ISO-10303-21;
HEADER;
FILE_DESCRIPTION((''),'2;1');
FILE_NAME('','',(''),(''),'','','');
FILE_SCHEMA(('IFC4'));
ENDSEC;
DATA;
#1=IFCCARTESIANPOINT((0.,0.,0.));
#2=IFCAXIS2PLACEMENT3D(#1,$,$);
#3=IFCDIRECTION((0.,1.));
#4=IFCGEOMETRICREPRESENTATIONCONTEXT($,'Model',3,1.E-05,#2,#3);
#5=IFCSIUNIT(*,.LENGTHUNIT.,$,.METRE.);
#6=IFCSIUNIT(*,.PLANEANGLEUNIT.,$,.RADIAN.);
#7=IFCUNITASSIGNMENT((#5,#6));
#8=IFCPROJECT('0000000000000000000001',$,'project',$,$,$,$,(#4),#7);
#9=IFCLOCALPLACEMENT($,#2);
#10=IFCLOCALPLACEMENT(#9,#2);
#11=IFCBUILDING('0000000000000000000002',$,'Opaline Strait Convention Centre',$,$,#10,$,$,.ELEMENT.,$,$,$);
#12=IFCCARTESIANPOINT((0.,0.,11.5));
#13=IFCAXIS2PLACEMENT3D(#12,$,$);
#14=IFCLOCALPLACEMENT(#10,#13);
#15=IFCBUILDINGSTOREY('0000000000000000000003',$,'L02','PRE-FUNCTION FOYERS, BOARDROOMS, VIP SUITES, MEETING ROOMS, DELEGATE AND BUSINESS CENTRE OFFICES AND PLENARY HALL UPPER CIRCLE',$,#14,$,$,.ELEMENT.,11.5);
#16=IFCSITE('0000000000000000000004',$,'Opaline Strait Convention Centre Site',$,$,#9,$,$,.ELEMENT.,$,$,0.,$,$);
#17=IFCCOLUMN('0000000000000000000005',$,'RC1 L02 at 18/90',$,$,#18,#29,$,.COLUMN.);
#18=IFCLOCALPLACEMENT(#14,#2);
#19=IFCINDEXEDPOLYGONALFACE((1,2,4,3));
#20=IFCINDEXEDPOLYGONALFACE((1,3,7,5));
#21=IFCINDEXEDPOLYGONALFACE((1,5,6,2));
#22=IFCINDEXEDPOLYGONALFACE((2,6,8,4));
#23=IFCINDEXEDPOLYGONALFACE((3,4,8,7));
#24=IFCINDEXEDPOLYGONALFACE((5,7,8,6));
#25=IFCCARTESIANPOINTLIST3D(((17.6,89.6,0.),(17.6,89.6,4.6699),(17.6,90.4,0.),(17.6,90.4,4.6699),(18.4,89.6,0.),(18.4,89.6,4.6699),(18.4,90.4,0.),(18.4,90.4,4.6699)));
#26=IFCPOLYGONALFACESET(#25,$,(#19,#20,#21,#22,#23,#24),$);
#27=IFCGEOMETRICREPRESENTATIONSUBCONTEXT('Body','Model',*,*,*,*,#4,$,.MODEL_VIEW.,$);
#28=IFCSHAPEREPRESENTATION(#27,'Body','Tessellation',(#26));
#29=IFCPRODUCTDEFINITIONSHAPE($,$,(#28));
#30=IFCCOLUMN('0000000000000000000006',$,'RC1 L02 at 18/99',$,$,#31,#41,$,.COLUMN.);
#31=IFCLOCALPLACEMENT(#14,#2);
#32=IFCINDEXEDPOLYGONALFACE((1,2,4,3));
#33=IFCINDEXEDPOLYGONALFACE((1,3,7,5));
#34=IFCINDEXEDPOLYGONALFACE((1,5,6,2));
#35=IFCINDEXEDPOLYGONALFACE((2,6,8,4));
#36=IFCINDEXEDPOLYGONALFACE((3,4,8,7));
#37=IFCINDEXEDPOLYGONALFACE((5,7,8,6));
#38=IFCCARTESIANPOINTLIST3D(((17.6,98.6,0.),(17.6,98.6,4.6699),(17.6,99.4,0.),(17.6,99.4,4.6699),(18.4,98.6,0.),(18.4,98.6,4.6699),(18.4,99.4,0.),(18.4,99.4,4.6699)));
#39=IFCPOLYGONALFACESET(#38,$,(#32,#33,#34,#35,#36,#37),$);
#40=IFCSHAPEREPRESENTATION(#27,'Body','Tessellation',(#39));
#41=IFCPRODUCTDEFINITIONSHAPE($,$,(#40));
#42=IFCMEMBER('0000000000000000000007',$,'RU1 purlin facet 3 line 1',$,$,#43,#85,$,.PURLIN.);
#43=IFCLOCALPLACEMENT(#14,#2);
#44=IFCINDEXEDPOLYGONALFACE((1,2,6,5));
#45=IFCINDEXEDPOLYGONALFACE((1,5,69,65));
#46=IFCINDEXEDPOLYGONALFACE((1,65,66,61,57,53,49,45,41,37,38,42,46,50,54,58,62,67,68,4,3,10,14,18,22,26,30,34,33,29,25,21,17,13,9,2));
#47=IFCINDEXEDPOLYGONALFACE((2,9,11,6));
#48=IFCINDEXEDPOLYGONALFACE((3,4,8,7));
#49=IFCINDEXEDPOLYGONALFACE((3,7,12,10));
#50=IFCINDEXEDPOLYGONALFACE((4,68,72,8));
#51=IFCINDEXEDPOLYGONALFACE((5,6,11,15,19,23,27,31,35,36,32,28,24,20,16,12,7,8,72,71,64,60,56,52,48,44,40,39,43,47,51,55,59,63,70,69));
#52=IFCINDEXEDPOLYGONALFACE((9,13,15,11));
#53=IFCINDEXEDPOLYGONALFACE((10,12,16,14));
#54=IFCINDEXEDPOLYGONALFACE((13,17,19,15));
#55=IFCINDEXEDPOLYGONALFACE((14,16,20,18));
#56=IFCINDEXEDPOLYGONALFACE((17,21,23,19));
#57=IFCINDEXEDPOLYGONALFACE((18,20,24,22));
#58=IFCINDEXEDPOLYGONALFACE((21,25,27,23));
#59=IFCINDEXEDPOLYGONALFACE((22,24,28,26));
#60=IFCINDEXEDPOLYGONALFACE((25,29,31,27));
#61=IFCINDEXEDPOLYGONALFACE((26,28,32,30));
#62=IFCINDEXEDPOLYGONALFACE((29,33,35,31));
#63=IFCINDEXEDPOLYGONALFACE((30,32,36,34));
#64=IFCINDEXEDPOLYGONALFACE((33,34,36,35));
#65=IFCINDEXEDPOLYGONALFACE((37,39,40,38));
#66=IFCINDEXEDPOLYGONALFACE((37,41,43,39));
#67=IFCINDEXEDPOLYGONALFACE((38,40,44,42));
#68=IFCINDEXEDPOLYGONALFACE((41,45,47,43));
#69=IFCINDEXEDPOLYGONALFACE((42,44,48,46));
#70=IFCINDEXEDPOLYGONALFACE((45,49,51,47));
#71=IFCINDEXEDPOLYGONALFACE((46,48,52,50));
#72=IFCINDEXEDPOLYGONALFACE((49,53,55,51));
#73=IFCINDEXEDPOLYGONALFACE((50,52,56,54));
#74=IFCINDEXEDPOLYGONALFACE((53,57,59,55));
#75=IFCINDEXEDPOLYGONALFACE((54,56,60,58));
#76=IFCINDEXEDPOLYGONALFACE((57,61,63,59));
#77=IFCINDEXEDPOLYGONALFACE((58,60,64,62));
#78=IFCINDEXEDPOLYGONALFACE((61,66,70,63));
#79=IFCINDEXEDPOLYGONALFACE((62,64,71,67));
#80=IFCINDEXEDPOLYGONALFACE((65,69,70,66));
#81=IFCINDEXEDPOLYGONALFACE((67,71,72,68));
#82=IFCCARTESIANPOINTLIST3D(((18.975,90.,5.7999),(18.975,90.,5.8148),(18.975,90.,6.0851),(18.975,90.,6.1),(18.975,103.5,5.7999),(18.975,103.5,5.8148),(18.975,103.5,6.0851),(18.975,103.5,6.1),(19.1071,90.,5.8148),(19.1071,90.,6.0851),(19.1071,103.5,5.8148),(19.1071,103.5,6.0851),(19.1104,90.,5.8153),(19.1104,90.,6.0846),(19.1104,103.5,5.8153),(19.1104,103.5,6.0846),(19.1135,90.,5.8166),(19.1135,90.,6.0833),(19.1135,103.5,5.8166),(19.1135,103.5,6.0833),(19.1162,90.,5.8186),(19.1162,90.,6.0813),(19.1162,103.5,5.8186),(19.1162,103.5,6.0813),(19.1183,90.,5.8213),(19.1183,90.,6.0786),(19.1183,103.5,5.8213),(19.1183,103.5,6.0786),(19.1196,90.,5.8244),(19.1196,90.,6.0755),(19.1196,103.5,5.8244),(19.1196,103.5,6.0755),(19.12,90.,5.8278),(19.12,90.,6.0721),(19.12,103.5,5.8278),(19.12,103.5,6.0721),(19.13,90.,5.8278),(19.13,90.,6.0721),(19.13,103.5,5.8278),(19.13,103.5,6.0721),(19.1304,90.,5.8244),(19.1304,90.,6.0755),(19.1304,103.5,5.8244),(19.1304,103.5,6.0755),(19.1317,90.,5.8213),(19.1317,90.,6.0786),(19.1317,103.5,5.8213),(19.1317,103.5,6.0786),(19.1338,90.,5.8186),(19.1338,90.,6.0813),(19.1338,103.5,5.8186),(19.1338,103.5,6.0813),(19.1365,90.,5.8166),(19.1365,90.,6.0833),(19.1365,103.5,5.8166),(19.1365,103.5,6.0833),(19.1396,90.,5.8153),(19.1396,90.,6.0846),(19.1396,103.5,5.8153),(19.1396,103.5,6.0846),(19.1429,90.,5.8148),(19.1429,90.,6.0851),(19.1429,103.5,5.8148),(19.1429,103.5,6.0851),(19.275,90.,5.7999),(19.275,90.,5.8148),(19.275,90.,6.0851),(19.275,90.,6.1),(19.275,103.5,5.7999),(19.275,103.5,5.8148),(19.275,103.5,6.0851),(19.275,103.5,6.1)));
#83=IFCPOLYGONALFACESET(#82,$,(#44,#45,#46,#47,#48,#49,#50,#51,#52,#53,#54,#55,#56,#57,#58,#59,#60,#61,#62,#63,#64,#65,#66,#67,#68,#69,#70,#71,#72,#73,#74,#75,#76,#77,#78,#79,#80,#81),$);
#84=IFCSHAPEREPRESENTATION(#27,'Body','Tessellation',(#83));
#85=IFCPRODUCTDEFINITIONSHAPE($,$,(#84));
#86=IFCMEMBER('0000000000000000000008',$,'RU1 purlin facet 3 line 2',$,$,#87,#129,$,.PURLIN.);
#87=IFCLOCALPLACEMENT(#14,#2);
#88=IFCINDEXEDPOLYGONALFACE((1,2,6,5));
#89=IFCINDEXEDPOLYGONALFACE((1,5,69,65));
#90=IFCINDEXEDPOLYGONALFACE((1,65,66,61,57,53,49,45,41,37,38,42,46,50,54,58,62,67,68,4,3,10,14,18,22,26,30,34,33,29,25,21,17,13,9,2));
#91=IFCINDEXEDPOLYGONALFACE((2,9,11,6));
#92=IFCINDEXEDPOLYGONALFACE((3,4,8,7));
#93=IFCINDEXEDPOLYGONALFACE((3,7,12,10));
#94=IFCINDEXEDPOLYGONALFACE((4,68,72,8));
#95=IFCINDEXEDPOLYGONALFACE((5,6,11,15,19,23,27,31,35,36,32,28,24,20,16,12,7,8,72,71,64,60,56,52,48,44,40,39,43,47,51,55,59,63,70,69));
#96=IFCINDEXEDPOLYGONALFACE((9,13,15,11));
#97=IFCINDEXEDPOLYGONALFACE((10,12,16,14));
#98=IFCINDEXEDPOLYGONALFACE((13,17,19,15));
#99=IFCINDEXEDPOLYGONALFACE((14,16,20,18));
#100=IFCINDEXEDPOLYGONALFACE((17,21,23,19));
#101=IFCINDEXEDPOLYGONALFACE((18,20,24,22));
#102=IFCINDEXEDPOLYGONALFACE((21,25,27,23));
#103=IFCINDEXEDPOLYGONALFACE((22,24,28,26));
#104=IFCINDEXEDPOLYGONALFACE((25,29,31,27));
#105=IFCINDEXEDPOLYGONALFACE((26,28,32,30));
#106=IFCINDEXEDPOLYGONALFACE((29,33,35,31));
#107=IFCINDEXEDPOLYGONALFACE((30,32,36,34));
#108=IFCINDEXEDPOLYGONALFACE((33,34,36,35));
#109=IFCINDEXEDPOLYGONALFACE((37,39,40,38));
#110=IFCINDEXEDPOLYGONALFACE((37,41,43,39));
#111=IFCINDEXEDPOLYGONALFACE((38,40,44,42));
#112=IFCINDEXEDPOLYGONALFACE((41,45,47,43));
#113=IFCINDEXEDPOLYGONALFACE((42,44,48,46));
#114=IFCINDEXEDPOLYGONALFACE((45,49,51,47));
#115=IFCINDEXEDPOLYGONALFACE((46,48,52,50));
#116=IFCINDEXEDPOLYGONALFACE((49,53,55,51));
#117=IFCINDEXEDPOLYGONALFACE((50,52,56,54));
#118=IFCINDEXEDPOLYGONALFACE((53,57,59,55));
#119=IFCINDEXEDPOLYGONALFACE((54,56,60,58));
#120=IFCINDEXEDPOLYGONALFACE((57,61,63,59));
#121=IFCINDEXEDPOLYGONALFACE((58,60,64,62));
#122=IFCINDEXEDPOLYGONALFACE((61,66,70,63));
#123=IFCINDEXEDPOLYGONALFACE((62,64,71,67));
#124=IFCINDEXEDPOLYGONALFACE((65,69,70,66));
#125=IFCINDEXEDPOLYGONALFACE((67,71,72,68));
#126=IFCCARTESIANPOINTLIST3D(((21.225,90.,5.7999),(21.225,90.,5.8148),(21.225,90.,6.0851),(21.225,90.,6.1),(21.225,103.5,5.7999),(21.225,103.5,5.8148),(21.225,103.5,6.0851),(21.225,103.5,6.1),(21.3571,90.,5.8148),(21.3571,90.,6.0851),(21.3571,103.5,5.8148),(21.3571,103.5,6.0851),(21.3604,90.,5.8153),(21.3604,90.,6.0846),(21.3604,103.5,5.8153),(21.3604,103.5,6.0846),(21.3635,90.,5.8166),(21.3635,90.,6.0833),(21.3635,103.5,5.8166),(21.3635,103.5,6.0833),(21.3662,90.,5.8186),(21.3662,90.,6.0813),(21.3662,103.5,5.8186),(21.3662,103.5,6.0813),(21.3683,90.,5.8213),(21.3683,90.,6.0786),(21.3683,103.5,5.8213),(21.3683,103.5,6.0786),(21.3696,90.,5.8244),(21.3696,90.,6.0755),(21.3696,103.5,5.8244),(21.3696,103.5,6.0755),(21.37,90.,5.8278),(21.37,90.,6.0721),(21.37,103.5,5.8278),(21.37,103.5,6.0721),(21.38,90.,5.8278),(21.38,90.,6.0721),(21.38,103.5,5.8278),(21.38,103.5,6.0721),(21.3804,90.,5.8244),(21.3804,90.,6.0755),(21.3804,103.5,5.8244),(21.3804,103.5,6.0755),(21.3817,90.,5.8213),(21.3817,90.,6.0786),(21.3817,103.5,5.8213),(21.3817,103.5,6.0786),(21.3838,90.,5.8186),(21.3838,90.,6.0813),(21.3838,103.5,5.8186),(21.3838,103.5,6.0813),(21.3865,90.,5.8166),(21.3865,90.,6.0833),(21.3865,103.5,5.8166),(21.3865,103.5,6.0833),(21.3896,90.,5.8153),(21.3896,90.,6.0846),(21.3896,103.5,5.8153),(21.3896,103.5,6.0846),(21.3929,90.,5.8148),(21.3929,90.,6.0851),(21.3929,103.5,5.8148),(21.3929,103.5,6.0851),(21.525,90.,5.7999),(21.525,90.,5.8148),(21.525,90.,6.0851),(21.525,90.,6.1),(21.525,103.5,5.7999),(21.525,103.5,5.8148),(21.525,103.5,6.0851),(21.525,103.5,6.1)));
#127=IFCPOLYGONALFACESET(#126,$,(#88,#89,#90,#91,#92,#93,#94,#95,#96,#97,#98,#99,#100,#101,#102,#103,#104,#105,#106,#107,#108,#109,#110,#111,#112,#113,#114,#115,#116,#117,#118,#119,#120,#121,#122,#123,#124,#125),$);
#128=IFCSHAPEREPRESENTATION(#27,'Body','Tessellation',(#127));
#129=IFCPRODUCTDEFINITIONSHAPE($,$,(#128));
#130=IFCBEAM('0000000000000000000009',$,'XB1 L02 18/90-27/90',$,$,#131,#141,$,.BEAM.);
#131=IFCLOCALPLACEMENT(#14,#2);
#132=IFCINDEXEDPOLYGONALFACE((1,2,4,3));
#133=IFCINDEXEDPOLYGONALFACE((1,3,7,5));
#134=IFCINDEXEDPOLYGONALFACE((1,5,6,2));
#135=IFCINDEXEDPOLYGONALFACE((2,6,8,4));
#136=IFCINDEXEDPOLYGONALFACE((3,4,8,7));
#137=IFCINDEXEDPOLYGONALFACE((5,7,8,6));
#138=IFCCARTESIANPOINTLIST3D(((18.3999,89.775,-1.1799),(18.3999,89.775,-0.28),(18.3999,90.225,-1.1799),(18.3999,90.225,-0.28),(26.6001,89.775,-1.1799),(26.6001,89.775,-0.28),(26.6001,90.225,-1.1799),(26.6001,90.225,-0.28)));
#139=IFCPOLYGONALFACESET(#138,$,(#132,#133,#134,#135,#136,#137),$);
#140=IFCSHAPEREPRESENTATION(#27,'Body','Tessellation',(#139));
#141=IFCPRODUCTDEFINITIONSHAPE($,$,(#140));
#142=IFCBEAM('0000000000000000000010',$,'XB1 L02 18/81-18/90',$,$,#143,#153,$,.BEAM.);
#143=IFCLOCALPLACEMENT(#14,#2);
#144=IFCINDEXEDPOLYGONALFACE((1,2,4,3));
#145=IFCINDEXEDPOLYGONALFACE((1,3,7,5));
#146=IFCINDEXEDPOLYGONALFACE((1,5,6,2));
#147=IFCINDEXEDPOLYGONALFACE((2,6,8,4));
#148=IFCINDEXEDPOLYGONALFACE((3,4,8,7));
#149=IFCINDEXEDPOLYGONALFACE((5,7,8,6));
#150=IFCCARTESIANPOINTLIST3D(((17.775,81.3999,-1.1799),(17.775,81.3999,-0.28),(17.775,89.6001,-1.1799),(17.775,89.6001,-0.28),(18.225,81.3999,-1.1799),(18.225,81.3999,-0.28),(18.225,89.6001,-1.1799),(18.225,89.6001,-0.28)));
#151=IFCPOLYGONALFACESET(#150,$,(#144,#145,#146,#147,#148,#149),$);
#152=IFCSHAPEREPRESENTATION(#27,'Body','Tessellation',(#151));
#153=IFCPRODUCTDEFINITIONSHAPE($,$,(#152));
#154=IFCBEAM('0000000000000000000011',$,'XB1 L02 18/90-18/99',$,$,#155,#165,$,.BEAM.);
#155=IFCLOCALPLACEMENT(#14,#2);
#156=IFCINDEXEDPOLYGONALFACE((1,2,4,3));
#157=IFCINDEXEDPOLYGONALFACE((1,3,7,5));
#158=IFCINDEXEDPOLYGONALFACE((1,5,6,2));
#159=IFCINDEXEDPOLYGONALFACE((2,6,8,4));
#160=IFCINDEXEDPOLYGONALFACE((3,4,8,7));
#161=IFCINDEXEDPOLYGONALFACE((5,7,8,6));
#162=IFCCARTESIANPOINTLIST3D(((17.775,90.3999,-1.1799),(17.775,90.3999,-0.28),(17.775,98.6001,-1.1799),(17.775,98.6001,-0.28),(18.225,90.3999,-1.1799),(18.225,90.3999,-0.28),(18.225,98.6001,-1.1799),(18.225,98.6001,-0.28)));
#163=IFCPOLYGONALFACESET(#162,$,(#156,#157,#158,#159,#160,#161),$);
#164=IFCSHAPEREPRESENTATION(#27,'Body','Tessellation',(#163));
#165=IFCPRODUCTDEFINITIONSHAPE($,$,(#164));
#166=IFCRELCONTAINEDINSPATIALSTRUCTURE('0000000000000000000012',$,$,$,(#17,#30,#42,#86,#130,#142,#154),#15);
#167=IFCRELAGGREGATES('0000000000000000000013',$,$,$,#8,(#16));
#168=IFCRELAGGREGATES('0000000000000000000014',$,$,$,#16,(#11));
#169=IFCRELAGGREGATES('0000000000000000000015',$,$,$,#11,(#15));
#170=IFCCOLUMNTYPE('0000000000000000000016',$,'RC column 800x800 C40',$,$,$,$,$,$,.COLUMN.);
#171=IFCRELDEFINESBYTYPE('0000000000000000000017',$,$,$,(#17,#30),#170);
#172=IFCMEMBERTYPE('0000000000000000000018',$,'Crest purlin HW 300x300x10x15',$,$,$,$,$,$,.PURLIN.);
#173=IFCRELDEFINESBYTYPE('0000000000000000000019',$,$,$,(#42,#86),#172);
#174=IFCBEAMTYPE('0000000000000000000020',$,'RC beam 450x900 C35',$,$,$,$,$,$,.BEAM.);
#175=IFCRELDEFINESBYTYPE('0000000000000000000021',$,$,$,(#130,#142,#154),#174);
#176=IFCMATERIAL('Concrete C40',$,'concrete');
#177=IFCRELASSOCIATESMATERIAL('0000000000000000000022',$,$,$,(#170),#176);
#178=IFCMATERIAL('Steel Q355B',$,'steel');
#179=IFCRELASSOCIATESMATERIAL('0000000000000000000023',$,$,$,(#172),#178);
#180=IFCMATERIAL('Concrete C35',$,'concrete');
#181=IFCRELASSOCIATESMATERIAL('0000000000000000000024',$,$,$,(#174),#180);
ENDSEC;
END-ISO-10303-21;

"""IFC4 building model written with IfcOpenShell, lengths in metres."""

from ifc_helpers import new_model, si_unit, direction, frame, origin, origin_2d, place, context, subcontext, project, spatial, rectangle, i_section, extrude, material, material_profile, profile_set, type_object, element, save


model = new_model("IFC4")

# Units and contexts
model_context = context("Model", 3, precision=1e-05, world=origin(), true_north=direction((0.0, 1.0)))
body_context = subcontext(model_context, "Body", "Model", "MODEL_VIEW")
ifc_project = project(units=[si_unit("LENGTHUNIT", "METRE"), si_unit("PLANEANGLEUNIT", "RADIAN")], contexts=[model_context])

# Site, building, storey
site_placement = place(None, origin())
site = spatial("IfcSite", under=ifc_project, at=site_placement, Name="Opaline Strait Convention Centre Site", CompositionType="ELEMENT", RefElevation=0.0)
building_placement = place(site_placement, origin())
building = spatial("IfcBuilding", under=site, at=building_placement, Name="Opaline Strait Convention Centre", CompositionType="ELEMENT")
storey_placement = place(building_placement, frame((0.0, 0.0, 11.5)))
storey = spatial("IfcBuildingStorey", under=building, at=storey_placement, Name="L02", Description="PRE-FUNCTION FOYERS, BOARDROOMS, VIP SUITES, MEETING ROOMS, DELEGATE AND BUSINESS CENTRE OFFICES AND PLENARY HALL UPPER CIRCLE", CompositionType="ELEMENT", Elevation=11.5)

# Columns
ifc_material_1 = material(Name="Concrete C40", Category="concrete")
ifc_material_profile_1 = material_profile(ifc_material_1, rectangle(XDim=0.8, YDim=0.8, at=origin_2d()), Name="RC 800x800")
ifc_profile_set_1 = profile_set([ifc_material_profile_1], Name="Concrete C40")
column_type = type_object("IfcColumnType", Name="RC column 800x800 C40", PredefinedType="COLUMN", material=ifc_profile_set_1)
for number, where, z_axis, x_axis, name in (
    (1, (18.0, 90.0, 0.0), (0.0, 0.0, 1.0), (1.0, 0.0, 0.0), "RC1 L02 at 18/90"),
    (2, (18.0, 99.0, 0.0), (0.0, 0.0, 1.0), (1.0, 0.0, 0.0), "RC1 L02 at 18/99"),
):
    element("IfcColumn", number, at=place(storey_placement, frame(where, z_axis=z_axis, x_axis=x_axis)), inside=storey, type_object=column_type, Name=name, PredefinedType="COLUMN", context=body_context, shape_type="SweptSolid", body=[
        extrude(rectangle(XDim=0.8, YDim=0.8, at=origin_2d()), origin(), (0.0, 0.0, 1.0), 4.6699),
    ])

# Members
ifc_material_2 = material(Name="Steel Q355B", Category="steel")
ifc_material_profile_2 = material_profile(ifc_material_2, i_section(OverallWidth=0.3, OverallDepth=0.3, WebThickness=0.01, FlangeThickness=0.0149, FilletRadius=0.0129, at=origin_2d()), Name="HW 300x300x10x15")
ifc_profile_set_2 = profile_set([ifc_material_profile_2], Name="Steel Q355B")
member_type_1 = type_object("IfcMemberType", Name="Crest purlin HW 300x300x10x15", PredefinedType="PURLIN", material=ifc_profile_set_2)
for number, where, z_axis, x_axis, name in (
    (3, (19.125, 90.0, 5.95), (0.0, 1.0, 0.0), (-1.0, 0.0, 0.0), "RU1 purlin facet 3 line 1"),
    (4, (21.375, 90.0, 5.95), (0.0, 1.0, 0.0), (-1.0, 0.0, 0.0), "RU1 purlin facet 3 line 2"),
):
    element("IfcMember", number, at=place(storey_placement, frame(where, z_axis=z_axis, x_axis=x_axis)), inside=storey, type_object=member_type_1, Name=name, PredefinedType="PURLIN", context=body_context, shape_type="SweptSolid", body=[
        extrude(i_section(OverallWidth=0.3, OverallDepth=0.3, WebThickness=0.01, FlangeThickness=0.0149, FilletRadius=0.0129, at=origin_2d()), origin(), (0.0, 0.0, 1.0), 13.5),
    ])

# Beams
ifc_material_3 = material(Name="Concrete C35", Category="concrete")
ifc_material_profile_3 = material_profile(ifc_material_3, rectangle(XDim=0.45, YDim=0.8999, at=origin_2d()), Name="RC 450x900")
ifc_profile_set_3 = profile_set([ifc_material_profile_3], Name="Concrete C35")
beam_type = type_object("IfcBeamType", Name="RC beam 450x900 C35", PredefinedType="BEAM", material=ifc_profile_set_3)
for number, where, z_axis, x_axis, name in (
    (5, (18.3999, 90.0, -0.73), (1.0, 0.0, 0.0), (0.0, 1.0, 0.0), "XB1 L02 18/90-27/90"),
    (6, (18.0, 81.3999, -0.73), (0.0, 1.0, 0.0), (-1.0, 0.0, 0.0), "XB1 L02 18/81-18/90"),
    (7, (18.0, 90.3999, -0.73), (0.0, 1.0, 0.0), (-1.0, 0.0, 0.0), "XB1 L02 18/90-18/99"),
):
    element("IfcBeam", number, at=place(storey_placement, frame(where, z_axis=z_axis, x_axis=x_axis)), inside=storey, type_object=beam_type, Name=name, PredefinedType="BEAM", context=body_context, shape_type="SweptSolid", body=[
        extrude(rectangle(XDim=0.45, YDim=0.8999, at=origin_2d()), origin(), (0.0, 0.0, 1.0), 8.2002),
    ])

save(model, "model.ifc")
